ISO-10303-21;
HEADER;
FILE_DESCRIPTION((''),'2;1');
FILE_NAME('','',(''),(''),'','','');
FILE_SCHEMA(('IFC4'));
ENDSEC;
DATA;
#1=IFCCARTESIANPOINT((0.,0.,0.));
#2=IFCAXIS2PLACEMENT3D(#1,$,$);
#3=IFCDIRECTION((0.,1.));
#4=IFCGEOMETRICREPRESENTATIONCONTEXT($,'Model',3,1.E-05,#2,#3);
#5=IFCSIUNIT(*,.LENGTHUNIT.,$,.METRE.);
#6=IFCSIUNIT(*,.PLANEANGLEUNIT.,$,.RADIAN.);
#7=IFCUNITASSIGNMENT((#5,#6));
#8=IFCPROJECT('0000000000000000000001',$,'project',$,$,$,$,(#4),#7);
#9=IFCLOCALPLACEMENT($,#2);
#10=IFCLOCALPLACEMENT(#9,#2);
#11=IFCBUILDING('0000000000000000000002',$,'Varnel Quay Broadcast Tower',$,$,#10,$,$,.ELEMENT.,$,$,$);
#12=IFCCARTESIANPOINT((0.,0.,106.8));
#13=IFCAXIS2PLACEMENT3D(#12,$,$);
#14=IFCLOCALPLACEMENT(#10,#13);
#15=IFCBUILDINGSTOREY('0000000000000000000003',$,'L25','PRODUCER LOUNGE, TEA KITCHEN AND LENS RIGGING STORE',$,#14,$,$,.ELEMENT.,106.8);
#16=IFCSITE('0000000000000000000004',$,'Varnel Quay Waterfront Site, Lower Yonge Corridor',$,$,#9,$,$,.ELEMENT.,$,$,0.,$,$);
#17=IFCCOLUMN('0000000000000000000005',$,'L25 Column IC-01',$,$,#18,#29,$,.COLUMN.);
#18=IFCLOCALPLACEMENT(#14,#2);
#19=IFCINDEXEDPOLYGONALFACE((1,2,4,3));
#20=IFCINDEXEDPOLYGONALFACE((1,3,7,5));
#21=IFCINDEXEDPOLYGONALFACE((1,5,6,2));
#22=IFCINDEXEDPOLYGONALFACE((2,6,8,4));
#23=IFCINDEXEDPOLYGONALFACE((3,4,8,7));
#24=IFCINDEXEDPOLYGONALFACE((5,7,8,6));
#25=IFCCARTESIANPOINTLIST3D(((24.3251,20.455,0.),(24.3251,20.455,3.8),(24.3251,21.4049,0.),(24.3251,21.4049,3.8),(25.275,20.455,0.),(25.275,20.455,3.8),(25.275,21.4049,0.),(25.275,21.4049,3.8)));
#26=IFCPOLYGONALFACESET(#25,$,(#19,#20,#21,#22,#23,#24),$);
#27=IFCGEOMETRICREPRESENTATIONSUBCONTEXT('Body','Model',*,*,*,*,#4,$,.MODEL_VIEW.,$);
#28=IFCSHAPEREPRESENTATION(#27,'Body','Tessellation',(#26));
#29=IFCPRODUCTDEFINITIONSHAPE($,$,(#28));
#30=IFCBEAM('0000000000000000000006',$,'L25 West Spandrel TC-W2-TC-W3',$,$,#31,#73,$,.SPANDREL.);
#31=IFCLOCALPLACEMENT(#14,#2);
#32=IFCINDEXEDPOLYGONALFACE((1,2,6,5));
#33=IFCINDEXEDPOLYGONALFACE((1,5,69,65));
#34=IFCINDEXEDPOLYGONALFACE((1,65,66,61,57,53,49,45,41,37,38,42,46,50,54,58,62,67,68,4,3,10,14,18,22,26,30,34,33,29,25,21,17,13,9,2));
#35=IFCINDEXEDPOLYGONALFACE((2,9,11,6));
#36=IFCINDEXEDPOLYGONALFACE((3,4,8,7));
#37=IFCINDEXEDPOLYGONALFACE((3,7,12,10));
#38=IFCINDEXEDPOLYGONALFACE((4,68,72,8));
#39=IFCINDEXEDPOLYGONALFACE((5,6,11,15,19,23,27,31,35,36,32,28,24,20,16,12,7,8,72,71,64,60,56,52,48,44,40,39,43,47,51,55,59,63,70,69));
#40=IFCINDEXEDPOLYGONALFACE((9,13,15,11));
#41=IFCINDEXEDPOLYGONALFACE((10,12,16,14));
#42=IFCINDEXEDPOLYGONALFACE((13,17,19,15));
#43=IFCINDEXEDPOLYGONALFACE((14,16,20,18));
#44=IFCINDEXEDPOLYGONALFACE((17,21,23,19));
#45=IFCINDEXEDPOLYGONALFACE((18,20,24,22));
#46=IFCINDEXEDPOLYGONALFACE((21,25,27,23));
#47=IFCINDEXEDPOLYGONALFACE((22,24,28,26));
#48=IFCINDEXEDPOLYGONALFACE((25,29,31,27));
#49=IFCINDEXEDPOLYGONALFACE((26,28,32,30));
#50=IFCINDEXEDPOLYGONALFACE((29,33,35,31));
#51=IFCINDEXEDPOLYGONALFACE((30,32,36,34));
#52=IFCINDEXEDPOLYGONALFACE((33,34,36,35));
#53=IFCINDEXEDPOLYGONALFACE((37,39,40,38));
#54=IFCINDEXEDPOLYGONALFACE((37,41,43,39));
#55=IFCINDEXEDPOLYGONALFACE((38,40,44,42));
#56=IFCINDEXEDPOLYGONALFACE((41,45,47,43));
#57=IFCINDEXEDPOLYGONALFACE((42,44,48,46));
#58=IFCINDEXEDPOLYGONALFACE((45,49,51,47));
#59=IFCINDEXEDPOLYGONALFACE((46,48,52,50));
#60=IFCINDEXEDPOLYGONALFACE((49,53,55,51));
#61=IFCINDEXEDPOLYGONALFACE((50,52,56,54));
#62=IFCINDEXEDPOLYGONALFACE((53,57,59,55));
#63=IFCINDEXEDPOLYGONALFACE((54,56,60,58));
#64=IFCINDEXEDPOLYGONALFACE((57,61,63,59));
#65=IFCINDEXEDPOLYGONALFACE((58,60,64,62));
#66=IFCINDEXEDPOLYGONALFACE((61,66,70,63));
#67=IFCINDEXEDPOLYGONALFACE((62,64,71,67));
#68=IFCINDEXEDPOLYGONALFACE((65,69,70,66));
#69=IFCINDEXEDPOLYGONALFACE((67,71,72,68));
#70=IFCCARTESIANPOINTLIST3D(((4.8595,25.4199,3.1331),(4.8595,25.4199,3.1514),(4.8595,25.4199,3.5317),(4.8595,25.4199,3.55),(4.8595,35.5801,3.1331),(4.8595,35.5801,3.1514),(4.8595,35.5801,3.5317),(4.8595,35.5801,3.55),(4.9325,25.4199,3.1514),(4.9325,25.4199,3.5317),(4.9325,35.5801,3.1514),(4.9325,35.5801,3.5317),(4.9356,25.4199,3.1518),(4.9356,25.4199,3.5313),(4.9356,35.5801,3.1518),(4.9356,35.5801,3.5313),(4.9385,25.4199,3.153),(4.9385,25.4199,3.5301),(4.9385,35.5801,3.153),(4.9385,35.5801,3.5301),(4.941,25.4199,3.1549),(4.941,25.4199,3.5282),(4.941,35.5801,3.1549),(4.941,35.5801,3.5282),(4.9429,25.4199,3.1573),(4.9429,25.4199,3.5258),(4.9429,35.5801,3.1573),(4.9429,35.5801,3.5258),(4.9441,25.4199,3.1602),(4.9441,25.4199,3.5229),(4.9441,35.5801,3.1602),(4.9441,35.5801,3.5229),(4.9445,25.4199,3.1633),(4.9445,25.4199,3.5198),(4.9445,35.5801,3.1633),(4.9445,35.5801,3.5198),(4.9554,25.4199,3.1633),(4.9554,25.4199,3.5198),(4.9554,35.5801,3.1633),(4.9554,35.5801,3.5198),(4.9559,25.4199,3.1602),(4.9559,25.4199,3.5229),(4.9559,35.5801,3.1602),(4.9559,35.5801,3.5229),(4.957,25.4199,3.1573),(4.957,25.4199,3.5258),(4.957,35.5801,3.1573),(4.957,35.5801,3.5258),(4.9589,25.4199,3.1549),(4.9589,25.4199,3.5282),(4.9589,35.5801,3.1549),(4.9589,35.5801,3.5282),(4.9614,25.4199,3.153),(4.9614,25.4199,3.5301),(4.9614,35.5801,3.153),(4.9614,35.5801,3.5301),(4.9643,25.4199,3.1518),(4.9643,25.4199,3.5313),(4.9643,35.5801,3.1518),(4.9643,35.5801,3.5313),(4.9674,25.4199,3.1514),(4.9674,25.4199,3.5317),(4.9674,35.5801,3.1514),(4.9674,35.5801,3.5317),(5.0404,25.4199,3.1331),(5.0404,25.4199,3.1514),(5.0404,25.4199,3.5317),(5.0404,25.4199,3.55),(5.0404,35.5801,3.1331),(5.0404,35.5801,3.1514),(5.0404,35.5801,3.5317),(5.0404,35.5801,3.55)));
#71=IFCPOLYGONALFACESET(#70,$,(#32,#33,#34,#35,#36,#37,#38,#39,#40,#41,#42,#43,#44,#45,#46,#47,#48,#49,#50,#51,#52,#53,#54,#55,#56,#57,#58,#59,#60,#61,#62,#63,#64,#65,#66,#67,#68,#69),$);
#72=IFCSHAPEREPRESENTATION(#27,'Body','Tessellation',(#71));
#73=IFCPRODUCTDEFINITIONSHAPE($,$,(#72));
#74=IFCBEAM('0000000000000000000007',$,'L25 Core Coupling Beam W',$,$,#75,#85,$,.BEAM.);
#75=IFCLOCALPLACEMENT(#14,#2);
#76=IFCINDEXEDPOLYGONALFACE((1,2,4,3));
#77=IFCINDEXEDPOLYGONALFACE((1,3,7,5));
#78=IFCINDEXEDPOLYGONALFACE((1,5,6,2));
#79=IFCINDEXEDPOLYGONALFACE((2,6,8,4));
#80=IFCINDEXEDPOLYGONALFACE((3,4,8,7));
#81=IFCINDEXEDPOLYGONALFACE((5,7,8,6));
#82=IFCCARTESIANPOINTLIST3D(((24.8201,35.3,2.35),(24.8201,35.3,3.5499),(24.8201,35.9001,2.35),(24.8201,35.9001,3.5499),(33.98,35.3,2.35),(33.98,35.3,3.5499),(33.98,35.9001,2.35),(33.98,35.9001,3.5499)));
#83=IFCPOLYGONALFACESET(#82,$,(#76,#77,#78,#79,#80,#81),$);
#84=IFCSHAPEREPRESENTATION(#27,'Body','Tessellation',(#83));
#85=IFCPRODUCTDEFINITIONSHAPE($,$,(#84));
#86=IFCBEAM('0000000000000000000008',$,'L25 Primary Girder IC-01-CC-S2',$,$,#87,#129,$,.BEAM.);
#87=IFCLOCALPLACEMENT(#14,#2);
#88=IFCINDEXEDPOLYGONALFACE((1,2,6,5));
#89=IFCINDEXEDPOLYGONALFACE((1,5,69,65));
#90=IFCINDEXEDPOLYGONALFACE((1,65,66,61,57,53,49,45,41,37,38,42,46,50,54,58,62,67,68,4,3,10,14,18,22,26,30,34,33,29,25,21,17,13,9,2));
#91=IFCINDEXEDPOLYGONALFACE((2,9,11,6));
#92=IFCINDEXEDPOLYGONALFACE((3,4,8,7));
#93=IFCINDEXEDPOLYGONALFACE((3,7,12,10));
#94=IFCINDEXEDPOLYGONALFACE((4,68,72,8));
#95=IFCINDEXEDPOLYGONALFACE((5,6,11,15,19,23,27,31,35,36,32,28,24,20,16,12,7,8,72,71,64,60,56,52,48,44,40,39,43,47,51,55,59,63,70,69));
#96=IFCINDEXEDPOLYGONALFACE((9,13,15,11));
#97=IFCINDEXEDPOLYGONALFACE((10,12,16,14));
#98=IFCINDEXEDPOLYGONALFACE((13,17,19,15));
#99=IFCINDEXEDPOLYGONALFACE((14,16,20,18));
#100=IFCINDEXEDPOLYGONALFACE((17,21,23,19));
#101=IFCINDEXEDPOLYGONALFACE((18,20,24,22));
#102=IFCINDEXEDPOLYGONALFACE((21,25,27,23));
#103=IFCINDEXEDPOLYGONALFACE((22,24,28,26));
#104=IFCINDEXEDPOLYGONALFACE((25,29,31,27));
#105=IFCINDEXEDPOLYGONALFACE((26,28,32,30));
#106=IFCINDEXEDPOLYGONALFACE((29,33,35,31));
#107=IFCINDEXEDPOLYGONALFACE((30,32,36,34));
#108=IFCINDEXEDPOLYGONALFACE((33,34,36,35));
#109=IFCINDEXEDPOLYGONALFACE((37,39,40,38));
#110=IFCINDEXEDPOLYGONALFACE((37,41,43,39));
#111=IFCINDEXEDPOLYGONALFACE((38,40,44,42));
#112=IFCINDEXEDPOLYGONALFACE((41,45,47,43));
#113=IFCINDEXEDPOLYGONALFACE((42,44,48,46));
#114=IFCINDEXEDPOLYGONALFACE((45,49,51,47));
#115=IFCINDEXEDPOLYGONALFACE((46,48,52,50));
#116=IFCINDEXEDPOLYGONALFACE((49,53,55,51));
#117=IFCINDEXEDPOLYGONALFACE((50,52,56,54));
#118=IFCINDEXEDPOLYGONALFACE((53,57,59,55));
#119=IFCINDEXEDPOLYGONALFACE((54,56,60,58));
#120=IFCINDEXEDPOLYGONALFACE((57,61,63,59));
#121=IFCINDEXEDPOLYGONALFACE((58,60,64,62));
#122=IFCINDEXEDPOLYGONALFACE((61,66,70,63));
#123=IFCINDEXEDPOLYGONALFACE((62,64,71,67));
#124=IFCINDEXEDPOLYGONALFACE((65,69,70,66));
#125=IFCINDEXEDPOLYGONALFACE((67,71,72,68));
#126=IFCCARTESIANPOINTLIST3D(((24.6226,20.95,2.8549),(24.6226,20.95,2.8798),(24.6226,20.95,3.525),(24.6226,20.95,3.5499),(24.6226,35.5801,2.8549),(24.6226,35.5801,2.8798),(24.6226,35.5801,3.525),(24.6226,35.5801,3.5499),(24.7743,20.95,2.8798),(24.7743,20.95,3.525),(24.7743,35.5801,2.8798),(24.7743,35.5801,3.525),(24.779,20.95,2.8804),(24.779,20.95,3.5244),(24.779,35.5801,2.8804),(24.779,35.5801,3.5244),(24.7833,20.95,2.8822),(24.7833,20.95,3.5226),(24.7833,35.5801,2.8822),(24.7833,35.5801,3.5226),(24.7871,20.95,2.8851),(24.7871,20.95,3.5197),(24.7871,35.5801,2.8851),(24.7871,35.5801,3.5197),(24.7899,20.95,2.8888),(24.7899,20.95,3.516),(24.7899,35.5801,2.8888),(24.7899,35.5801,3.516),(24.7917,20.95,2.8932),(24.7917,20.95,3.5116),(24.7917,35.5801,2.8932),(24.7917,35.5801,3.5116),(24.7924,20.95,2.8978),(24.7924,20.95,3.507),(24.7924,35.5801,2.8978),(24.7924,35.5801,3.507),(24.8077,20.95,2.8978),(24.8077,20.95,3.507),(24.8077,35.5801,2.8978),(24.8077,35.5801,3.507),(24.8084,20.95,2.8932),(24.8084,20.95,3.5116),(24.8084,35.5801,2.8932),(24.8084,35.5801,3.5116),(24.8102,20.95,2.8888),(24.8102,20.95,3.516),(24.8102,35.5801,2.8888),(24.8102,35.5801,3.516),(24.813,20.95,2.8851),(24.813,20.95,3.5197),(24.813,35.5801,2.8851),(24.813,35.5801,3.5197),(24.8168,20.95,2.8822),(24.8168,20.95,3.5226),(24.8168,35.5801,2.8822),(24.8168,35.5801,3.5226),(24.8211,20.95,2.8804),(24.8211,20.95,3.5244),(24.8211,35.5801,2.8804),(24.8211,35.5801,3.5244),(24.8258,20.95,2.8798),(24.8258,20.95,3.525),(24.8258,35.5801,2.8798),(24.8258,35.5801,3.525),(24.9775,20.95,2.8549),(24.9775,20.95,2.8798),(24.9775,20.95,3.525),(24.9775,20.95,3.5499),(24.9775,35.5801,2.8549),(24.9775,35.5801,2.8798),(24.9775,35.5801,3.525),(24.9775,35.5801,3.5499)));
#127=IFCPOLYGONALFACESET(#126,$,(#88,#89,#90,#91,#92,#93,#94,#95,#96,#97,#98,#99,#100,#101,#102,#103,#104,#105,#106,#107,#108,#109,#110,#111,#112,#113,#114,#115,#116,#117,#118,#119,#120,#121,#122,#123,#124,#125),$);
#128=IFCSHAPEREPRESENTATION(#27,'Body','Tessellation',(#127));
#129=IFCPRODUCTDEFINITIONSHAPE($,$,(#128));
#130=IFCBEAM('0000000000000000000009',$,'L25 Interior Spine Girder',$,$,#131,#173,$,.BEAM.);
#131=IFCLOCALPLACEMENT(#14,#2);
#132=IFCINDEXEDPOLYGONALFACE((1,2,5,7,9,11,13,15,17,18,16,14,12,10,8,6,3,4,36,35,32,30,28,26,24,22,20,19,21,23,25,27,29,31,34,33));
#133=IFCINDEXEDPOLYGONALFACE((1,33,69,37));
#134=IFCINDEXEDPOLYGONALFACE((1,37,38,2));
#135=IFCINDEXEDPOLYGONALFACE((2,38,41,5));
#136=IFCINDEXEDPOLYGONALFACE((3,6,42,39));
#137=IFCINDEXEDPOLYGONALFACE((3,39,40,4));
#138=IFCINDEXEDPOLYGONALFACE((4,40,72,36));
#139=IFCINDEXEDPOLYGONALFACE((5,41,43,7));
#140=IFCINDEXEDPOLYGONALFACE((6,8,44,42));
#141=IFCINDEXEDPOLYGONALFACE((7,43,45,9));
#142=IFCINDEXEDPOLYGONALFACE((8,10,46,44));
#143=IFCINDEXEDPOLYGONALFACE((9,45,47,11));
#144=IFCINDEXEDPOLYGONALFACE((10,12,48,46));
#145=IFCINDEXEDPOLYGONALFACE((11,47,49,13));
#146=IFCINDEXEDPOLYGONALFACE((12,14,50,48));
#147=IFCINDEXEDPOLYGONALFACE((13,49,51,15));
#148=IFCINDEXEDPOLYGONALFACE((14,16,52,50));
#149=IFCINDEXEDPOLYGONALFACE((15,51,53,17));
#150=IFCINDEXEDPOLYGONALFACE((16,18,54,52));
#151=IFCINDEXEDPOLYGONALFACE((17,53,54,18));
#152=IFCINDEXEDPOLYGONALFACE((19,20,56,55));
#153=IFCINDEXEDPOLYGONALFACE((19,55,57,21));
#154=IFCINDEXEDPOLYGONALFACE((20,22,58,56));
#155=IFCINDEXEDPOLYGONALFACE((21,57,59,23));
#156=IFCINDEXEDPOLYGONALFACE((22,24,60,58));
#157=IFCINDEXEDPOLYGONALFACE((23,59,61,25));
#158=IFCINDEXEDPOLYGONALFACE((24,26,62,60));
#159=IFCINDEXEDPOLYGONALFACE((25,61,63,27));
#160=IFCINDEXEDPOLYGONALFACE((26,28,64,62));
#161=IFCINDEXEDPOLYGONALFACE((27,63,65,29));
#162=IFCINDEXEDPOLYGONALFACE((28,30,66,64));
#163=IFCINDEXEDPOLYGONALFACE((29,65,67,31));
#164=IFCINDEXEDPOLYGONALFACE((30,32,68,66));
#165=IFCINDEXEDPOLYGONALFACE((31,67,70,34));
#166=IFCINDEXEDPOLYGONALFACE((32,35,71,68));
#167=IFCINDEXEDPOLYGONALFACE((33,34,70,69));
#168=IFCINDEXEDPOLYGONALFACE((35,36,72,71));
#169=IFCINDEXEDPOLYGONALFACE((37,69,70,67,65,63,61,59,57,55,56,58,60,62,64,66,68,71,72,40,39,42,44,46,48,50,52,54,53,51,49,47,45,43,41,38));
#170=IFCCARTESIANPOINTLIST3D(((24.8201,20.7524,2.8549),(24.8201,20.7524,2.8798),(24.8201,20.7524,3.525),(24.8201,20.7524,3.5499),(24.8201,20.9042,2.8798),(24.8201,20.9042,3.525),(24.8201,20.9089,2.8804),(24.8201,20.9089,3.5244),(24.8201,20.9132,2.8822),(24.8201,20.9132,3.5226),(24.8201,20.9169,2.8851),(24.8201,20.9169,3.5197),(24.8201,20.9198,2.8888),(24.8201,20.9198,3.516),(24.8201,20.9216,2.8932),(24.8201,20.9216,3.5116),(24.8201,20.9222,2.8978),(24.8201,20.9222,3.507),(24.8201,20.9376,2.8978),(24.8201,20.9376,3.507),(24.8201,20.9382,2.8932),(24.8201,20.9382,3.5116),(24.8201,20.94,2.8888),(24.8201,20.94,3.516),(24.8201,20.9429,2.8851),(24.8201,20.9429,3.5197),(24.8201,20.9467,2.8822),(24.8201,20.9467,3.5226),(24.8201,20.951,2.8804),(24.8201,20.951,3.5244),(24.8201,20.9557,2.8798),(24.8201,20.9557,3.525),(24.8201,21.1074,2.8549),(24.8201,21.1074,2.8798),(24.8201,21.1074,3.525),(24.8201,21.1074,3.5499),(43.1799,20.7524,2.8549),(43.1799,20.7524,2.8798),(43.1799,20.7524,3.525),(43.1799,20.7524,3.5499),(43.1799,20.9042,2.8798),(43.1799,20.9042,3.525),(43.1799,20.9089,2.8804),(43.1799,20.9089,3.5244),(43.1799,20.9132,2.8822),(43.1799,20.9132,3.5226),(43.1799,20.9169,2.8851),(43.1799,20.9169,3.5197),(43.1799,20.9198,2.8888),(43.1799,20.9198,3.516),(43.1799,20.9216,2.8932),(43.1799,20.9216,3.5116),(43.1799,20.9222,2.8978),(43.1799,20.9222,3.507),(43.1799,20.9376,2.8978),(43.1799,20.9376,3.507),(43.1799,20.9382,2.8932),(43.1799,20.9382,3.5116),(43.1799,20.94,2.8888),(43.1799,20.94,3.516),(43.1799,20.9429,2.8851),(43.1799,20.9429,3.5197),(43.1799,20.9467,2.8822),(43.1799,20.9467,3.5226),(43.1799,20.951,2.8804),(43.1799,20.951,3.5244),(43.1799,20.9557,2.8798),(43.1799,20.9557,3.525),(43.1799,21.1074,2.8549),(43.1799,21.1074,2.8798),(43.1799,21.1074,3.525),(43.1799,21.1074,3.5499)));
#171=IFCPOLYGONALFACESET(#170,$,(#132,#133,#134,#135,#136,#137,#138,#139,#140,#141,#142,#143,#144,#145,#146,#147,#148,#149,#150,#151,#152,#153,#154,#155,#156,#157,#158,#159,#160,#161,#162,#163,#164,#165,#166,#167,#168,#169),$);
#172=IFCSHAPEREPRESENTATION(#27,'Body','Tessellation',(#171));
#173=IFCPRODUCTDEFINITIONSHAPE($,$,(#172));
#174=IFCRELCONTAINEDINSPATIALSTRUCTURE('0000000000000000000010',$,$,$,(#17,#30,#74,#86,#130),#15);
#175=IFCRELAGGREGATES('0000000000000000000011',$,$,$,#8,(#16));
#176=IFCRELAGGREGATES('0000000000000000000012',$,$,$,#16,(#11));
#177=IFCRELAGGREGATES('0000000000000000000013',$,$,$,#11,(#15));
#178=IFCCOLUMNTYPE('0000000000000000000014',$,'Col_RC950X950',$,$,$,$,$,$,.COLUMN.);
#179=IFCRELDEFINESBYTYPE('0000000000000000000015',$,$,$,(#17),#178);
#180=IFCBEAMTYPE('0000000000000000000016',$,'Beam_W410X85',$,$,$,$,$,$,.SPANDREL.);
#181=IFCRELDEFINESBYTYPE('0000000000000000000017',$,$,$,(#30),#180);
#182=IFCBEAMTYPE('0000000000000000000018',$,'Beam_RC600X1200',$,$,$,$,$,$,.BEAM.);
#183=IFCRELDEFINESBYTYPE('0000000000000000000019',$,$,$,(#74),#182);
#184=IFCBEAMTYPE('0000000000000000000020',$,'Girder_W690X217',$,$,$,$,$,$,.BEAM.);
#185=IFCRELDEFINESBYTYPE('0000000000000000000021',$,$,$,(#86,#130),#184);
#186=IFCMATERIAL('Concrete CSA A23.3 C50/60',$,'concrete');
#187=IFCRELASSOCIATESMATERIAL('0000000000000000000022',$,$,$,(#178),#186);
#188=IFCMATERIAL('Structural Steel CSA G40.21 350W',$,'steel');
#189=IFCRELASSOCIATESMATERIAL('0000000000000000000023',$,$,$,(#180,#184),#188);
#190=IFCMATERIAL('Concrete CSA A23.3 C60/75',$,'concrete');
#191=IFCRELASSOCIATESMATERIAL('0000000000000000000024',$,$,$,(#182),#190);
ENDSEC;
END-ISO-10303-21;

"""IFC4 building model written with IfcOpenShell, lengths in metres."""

from ifc_helpers import new_model, si_unit, direction, frame, origin, origin_2d, place, context, subcontext, project, spatial, rectangle, i_section, extrude, source, transform, mapped, material, material_profile, profile_set, type_object, type_shapes, element, save


model = new_model("IFC4")

# Units and contexts
model_context = context("Model", 3, precision=1e-05, world=origin(), true_north=direction((0.0, 1.0)))
body_context = subcontext(model_context, "Body", "Model", "MODEL_VIEW")
ifc_project = project(units=[si_unit("LENGTHUNIT", "METRE"), si_unit("PLANEANGLEUNIT", "RADIAN")], contexts=[model_context])

# Site, building, storey
site_placement = place(None, origin())
site = spatial("IfcSite", under=ifc_project, at=site_placement, Name="Varnel Quay Waterfront Site, Lower Yonge Corridor", CompositionType="ELEMENT", RefElevation=0.0)
building_placement = place(site_placement, origin())
building = spatial("IfcBuilding", under=site, at=building_placement, Name="Varnel Quay Broadcast Tower", CompositionType="ELEMENT")
storey_placement = place(building_placement, frame((0.0, 0.0, 106.8)))
storey = spatial("IfcBuildingStorey", under=building, at=storey_placement, Name="L25", Description="PRODUCER LOUNGE, TEA KITCHEN AND LENS RIGGING STORE", CompositionType="ELEMENT", Elevation=106.8)

# Column
ifc_material_1 = material(Name="Structural Steel CSA G40.21 350W", Category="steel")
ifc_material_2 = material(Name="Concrete CSA A23.3 C50/60", Category="concrete")
ifc_material_profile_1 = material_profile(ifc_material_2, rectangle(XDim=0.95, YDim=0.95, at=origin_2d()), Name="RC950X950")
ifc_profile_set_1 = profile_set([ifc_material_profile_1], Name="Concrete CSA A23.3 C50/60")
column_type_1 = type_object("IfcColumnType", Name="Col_RC950X950", PredefinedType="COLUMN", material=ifc_profile_set_1)
shared_shape_1 = source(origin(), body_context, "Body", "SweptSolid", [
    extrude(rectangle(XDim=0.95, YDim=0.95, at=origin_2d()), origin(), (0.0, 0.0, 1.0), 3.8),
])
type_shapes(column_type_1, [shared_shape_1])
column_placement = place(storey_placement, frame((24.8, 20.9299, 0.0), z_axis=(0.0, 0.0, 1.0), x_axis=(1.0, 0.0, 0.0)))
element("IfcColumn", 1, at=column_placement, inside=storey, type_object=column_type_1, Name="L25 Column IC-01", PredefinedType="COLUMN", context=body_context, shape_type="MappedRepresentation", body=[
    mapped(shared_shape_1, transform((0.0, 0.0, 0.0), x_axis=(1.0, 0.0, 0.0), y_axis=(0.0, 1.0, 0.0), z_axis=(0.0, 0.0, 1.0), scale=1.0)),
])

# Beams
ifc_material_profile_2 = material_profile(ifc_material_1, i_section(OverallWidth=0.1809, OverallDepth=0.417, WebThickness=0.011, FlangeThickness=0.0183, FilletRadius=0.012, at=origin_2d()), Name="W410X85")
ifc_profile_set_2 = profile_set([ifc_material_profile_2], Name="Structural Steel CSA G40.21 350W")
beam_type_1 = type_object("IfcBeamType", Name="Beam_W410X85", PredefinedType="SPANDREL", material=ifc_profile_set_2)
shared_shape_2 = source(origin(), body_context, "Body", "SweptSolid", [
    extrude(i_section(OverallWidth=0.1809, OverallDepth=0.417, WebThickness=0.011, FlangeThickness=0.0183, FilletRadius=0.012, at=origin_2d()), origin(), (0.0, 0.0, 1.0), 10.1602),
])
type_shapes(beam_type_1, [shared_shape_2])
beam_1_placement = place(storey_placement, frame((4.95, 25.4199, 3.3416), z_axis=(0.0, 1.0, 0.0), x_axis=(-1.0, 0.0, 0.0)))
element("IfcBeam", 2, at=beam_1_placement, inside=storey, type_object=beam_type_1, Name="L25 West Spandrel TC-W2-TC-W3", PredefinedType="SPANDREL", context=body_context, shape_type="MappedRepresentation", body=[
    mapped(shared_shape_2, transform((0.0, 0.0, 0.0), x_axis=(1.0, 0.0, 0.0), y_axis=(0.0, 1.0, 0.0), z_axis=(0.0, 0.0, 1.0), scale=1.0)),
])
ifc_material_3 = material(Name="Concrete CSA A23.3 C60/75", Category="concrete")
ifc_material_profile_3 = material_profile(ifc_material_3, rectangle(XDim=0.6001, YDim=1.2, at=origin_2d()), Name="RC600X1200")
ifc_profile_set_3 = profile_set([ifc_material_profile_3], Name="Concrete CSA A23.3 C60/75")
beam_type_2 = type_object("IfcBeamType", Name="Beam_RC600X1200", PredefinedType="BEAM", material=ifc_profile_set_3)
shared_shape_3 = source(origin(), body_context, "Body", "SweptSolid", [
    extrude(rectangle(XDim=0.6001, YDim=1.2, at=origin_2d()), origin(), (0.0, 0.0, 1.0), 9.1599),
])
type_shapes(beam_type_2, [shared_shape_3])
beam_2_placement = place(storey_placement, frame((24.8201, 35.6001, 2.95), z_axis=(1.0, 0.0, 0.0), x_axis=(0.0, 1.0, 0.0)))
element("IfcBeam", 3, at=beam_2_placement, inside=storey, type_object=beam_type_2, Name="L25 Core Coupling Beam W", PredefinedType="BEAM", context=body_context, shape_type="MappedRepresentation", body=[
    mapped(shared_shape_3, transform((0.0, 0.0, 0.0), x_axis=(1.0, 0.0, 0.0), y_axis=(0.0, 1.0, 0.0), z_axis=(0.0, 0.0, 1.0), scale=1.0)),
])
ifc_material_profile_4 = material_profile(ifc_material_1, i_section(OverallWidth=0.355, OverallDepth=0.6951, WebThickness=0.0154, FlangeThickness=0.0249, FilletRadius=0.0181, at=origin_2d()), Name="W690X217")
ifc_profile_set_4 = profile_set([ifc_material_profile_4], Name="Structural Steel CSA G40.21 350W")
beam_type_3 = type_object("IfcBeamType", Name="Girder_W690X217", PredefinedType="BEAM", material=ifc_profile_set_4)
shared_shape_4 = source(origin(), body_context, "Body", "SweptSolid", [
    extrude(i_section(OverallWidth=0.355, OverallDepth=0.6951, WebThickness=0.0154, FlangeThickness=0.0249, FilletRadius=0.0181, at=origin_2d()), origin(), (0.0, 0.0, 1.0), 14.6301),
])
beam_3_placement = place(storey_placement, frame((24.8, 20.95, 3.2024), z_axis=(0.0, 1.0, 0.0), x_axis=(-1.0, 0.0, 0.0)))
element("IfcBeam", 4, at=beam_3_placement, inside=storey, type_object=beam_type_3, Name="L25 Primary Girder IC-01-CC-S2", PredefinedType="BEAM", context=body_context, shape_type="MappedRepresentation", body=[
    mapped(shared_shape_4, transform((0.0, 0.0, 0.0), x_axis=(1.0, 0.0, 0.0), y_axis=(0.0, 1.0, 0.0), z_axis=(0.0, 0.0, 1.0), scale=1.0)),
])
shared_shape_5 = source(origin(), body_context, "Body", "SweptSolid", [
    extrude(i_section(OverallWidth=0.355, OverallDepth=0.6951, WebThickness=0.0154, FlangeThickness=0.0249, FilletRadius=0.0181, at=origin_2d()), origin(), (0.0, 0.0, 1.0), 18.3599),
])
type_shapes(beam_type_3, [shared_shape_4, shared_shape_5])
beam_4_placement = place(storey_placement, frame((24.8201, 20.9299, 3.2024), z_axis=(1.0, 0.0, 0.0), x_axis=(0.0, 1.0, 0.0)))
element("IfcBeam", 5, at=beam_4_placement, inside=storey, type_object=beam_type_3, Name="L25 Interior Spine Girder", PredefinedType="BEAM", context=body_context, shape_type="MappedRepresentation", body=[
    mapped(shared_shape_5, transform((0.0, 0.0, 0.0), x_axis=(1.0, 0.0, 0.0), y_axis=(0.0, 1.0, 0.0), z_axis=(0.0, 0.0, 1.0), scale=1.0)),
])

save(model, "model.ifc")
